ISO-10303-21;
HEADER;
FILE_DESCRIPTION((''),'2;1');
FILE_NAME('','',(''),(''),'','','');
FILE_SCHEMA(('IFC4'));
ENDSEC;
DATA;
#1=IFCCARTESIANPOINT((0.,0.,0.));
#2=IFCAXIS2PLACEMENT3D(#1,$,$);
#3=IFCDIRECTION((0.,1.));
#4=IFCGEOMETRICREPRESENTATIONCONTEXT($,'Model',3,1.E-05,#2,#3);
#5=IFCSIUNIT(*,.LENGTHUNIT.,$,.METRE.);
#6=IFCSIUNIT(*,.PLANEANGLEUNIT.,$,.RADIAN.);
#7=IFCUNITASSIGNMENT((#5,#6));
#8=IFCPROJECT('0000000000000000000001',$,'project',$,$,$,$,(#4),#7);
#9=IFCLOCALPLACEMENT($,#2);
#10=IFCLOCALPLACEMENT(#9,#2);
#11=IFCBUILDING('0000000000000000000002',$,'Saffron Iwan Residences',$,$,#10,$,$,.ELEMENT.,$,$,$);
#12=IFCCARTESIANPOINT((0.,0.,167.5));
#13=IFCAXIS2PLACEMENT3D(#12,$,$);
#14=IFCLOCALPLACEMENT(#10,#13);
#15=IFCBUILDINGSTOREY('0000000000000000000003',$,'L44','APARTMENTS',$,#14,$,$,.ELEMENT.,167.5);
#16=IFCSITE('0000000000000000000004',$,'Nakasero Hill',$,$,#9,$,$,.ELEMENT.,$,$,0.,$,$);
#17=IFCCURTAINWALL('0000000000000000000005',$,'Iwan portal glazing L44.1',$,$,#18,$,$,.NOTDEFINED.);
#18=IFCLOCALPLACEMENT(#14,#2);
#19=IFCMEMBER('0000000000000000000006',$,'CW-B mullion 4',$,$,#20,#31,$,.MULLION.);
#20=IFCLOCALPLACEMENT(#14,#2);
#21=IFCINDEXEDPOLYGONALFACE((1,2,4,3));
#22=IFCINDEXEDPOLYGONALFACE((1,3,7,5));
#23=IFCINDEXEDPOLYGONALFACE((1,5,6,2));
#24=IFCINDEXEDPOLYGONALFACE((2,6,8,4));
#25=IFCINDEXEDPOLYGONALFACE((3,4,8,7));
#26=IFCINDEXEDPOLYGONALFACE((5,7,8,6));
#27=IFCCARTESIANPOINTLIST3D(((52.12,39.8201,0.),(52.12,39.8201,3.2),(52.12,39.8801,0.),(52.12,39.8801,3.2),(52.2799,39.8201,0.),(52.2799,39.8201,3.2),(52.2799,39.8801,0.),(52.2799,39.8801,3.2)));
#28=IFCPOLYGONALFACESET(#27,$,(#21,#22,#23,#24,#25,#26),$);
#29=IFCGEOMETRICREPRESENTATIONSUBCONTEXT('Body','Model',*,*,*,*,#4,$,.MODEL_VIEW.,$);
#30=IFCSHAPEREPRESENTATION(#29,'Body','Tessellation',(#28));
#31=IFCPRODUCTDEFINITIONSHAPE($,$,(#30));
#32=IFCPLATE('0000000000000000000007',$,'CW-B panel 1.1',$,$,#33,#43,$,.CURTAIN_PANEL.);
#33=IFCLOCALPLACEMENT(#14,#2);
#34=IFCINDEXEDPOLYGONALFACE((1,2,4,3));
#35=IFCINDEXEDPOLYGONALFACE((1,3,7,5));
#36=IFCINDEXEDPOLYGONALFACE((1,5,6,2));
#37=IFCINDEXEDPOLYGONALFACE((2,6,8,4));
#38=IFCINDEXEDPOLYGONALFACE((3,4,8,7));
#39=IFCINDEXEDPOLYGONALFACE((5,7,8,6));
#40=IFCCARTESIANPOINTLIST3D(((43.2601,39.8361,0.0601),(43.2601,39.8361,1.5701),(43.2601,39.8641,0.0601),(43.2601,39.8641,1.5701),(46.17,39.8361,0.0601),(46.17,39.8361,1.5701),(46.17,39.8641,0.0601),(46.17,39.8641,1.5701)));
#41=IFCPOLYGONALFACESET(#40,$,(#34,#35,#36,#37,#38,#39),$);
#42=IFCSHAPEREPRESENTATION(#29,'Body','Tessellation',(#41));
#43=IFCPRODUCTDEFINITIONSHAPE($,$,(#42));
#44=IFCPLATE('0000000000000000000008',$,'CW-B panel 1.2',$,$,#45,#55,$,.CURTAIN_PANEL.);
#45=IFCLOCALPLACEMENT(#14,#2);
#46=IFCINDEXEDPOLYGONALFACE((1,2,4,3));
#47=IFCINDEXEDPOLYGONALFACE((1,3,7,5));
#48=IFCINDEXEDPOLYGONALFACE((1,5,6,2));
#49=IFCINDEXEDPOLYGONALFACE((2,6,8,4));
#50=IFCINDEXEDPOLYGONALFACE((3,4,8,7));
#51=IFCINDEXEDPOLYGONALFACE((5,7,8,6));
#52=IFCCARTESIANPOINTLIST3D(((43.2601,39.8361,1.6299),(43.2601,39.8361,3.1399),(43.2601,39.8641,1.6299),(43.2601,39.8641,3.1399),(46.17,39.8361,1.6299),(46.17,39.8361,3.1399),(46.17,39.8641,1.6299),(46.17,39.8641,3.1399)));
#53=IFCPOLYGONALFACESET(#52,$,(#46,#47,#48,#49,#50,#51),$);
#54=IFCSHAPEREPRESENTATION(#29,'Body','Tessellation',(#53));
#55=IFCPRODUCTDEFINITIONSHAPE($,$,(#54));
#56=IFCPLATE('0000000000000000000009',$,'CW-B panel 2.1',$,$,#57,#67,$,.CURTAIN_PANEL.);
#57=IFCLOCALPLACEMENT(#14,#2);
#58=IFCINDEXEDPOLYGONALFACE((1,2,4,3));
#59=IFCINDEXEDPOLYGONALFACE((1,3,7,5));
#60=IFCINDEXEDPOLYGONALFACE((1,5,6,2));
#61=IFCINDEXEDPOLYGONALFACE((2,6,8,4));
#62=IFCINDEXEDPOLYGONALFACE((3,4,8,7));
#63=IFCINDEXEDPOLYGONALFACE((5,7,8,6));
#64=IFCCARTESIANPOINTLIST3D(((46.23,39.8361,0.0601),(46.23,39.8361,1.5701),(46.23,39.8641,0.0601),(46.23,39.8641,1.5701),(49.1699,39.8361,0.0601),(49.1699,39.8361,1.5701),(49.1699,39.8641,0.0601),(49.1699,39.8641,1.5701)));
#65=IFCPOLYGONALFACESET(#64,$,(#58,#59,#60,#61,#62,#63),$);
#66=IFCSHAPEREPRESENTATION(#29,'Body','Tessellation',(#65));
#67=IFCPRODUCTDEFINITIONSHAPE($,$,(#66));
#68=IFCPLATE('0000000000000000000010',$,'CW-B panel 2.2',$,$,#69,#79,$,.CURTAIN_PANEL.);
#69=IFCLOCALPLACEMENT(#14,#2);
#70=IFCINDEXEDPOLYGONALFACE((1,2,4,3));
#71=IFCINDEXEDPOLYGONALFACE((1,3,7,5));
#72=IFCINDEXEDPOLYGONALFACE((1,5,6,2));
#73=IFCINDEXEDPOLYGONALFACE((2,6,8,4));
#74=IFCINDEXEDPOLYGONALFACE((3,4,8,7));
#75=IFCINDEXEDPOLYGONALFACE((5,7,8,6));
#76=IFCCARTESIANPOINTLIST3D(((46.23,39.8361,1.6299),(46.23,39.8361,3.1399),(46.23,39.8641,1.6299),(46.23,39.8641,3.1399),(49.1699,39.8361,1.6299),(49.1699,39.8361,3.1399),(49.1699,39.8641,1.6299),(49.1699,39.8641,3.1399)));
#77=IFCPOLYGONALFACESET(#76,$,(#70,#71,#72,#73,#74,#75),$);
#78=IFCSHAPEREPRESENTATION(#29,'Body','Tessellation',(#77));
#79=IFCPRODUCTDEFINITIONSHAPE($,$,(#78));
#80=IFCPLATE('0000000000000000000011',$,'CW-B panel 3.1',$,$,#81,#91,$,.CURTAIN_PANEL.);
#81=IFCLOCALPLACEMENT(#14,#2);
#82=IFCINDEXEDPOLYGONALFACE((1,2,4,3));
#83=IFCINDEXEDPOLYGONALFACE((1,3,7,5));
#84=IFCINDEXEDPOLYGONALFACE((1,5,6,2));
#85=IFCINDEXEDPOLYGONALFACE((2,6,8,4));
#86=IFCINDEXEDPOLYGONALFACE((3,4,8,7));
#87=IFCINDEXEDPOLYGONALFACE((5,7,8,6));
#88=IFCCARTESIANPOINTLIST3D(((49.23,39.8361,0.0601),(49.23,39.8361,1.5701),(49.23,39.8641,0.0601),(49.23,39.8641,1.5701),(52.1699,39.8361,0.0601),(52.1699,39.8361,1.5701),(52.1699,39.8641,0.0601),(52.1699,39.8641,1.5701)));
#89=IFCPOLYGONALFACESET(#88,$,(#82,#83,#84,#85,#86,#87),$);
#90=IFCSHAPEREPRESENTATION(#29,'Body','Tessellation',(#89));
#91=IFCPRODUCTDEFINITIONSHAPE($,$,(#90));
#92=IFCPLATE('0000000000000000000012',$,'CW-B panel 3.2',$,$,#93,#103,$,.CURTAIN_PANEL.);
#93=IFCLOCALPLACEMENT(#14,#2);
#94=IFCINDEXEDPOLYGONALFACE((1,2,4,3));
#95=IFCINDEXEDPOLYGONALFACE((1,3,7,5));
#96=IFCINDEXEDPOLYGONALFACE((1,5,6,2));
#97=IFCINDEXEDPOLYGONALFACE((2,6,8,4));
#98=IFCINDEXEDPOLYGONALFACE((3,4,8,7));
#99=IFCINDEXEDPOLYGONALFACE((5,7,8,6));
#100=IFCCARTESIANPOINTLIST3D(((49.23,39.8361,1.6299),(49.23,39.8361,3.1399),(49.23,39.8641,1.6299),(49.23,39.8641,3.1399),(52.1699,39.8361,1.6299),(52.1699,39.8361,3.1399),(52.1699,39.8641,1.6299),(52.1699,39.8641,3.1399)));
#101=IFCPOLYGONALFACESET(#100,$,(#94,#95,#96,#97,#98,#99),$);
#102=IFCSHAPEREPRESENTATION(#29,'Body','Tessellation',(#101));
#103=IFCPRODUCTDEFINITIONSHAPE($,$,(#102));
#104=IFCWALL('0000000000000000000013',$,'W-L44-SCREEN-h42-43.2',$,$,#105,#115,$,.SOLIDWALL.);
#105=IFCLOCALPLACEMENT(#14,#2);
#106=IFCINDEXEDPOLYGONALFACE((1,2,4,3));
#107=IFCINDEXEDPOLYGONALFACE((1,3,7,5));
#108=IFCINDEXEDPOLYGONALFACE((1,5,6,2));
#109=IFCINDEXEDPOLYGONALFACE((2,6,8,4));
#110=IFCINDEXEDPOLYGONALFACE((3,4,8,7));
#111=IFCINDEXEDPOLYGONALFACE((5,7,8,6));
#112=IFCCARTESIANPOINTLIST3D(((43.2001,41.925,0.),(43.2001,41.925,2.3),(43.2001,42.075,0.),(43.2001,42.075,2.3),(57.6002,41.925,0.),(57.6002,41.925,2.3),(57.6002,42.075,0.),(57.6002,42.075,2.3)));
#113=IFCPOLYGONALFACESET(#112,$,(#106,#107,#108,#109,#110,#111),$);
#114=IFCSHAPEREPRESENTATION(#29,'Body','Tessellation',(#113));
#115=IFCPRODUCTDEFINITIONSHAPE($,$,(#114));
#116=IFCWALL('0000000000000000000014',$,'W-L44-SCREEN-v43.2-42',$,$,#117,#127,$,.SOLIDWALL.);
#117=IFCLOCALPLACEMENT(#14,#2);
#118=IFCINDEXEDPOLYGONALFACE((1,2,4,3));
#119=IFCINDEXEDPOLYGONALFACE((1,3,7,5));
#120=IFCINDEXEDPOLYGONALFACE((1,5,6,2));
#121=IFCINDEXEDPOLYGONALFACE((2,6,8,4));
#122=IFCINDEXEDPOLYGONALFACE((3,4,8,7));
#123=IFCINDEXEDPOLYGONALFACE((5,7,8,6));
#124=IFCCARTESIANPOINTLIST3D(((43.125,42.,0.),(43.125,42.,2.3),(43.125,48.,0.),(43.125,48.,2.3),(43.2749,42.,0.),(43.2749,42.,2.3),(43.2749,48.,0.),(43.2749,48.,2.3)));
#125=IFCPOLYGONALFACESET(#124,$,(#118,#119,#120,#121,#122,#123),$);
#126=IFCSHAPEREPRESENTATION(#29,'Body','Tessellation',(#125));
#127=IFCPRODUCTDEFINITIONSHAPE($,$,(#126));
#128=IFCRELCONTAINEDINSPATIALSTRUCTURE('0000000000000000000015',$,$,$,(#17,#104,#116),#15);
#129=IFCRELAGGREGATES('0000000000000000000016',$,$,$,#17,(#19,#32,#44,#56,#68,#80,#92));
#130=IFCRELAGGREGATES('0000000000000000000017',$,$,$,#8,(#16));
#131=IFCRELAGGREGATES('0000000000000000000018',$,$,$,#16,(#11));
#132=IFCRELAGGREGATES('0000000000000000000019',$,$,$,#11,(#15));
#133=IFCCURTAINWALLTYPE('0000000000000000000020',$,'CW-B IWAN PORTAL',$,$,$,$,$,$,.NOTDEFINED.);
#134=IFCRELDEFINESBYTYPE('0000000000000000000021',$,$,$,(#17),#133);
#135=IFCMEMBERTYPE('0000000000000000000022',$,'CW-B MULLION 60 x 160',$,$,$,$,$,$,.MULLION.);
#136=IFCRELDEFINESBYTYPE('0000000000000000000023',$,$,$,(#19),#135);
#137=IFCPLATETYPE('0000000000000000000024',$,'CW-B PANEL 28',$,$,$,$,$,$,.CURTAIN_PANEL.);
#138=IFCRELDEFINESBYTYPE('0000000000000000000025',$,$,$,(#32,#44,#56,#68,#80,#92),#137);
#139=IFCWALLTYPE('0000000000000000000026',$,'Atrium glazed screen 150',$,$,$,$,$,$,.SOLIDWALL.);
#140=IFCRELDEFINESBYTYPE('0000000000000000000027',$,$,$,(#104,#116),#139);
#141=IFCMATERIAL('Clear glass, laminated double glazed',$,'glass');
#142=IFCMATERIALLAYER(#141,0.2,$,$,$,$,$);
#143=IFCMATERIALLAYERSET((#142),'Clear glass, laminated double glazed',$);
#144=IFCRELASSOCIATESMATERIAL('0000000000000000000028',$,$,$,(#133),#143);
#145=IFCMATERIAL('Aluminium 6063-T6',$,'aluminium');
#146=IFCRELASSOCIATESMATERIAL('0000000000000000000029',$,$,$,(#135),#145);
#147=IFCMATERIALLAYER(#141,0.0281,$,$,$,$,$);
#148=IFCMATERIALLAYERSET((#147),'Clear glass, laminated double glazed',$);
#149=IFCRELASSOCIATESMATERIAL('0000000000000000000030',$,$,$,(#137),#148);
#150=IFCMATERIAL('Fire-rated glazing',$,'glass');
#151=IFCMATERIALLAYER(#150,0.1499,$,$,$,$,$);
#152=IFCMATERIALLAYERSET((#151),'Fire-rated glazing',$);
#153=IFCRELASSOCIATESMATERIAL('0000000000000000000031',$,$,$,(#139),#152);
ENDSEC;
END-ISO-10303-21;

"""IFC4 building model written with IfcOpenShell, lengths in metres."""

from ifc_helpers import new_model, si_unit, direction, frame, frame_2d, origin, origin_2d, place, context, subcontext, project, spatial, rectangle, extrude, source, transform, mapped, material, layer, layer_set, material_profile, profile_set, type_object, element, aggregate, save


model = new_model("IFC4")

# Units and contexts
model_context = context("Model", 3, precision=1e-05, world=origin(), true_north=direction((0.0, 1.0)))
body_context = subcontext(model_context, "Body", "Model", "MODEL_VIEW")
ifc_project = project(units=[si_unit("LENGTHUNIT", "METRE"), si_unit("PLANEANGLEUNIT", "RADIAN")], contexts=[model_context])

# Site, building, storey
site_placement = place(None, origin())
site = spatial("IfcSite", under=ifc_project, at=site_placement, Name="Nakasero Hill", CompositionType="ELEMENT", RefElevation=0.0)
building_placement = place(site_placement, origin())
building = spatial("IfcBuilding", under=site, at=building_placement, Name="Saffron Iwan Residences", CompositionType="ELEMENT")
storey_placement = place(building_placement, frame((0.0, 0.0, 167.5)))
storey = spatial("IfcBuildingStorey", under=building, at=storey_placement, Name="L44", Description="APARTMENTS", CompositionType="ELEMENT", Elevation=167.5)

# Curtain wall, member, plates
ifc_material_1 = material(Name="Clear glass, laminated double glazed", Category="glass")
ifc_layer_1 = layer(ifc_material_1, 0.2)
ifc_layer_set_1 = layer_set([ifc_layer_1], Name="Clear glass, laminated double glazed")
curtain_wall_type = type_object("IfcCurtainWallType", Name="CW-B IWAN PORTAL", PredefinedType="NOTDEFINED", material=ifc_layer_set_1)
curtain_wall_placement = place(storey_placement, origin())
curtain_wall = element("IfcCurtainWall", 1, at=curtain_wall_placement, inside=storey, type_object=curtain_wall_type, Name="Iwan portal glazing L44.1", PredefinedType="NOTDEFINED")
ifc_material_2 = material(Name="Aluminium 6063-T6", Category="aluminium")
ifc_material_profile_1 = material_profile(ifc_material_2, rectangle(XDim=0.0601, YDim=0.1599, at=origin_2d()), Name="CW-B MULLION 60 x 160")
ifc_profile_set_1 = profile_set([ifc_material_profile_1], Name="Aluminium 6063-T6")
member_type_1 = type_object("IfcMemberType", Name="CW-B MULLION 60 x 160", PredefinedType="MULLION", material=ifc_profile_set_1)
shared_shape_1 = source(origin(), body_context, "Body", "SweptSolid", [
    extrude(rectangle(XDim=0.0601, YDim=0.1599, at=origin_2d()), origin(), (0.0, 0.0, 1.0), 3.2),
])
member_1_placement = place(storey_placement, frame((52.2, 39.8501, 0.0), z_axis=(0.0, 0.0, 1.0), x_axis=(0.0, 1.0, 0.0)))
member_1 = element("IfcMember", 2, at=member_1_placement, type_object=member_type_1, Name="CW-B mullion 4", PredefinedType="MULLION", context=body_context, shape_type="MappedRepresentation", body=[
    mapped(shared_shape_1, transform((0.0, 0.0, 0.0))),
])
ifc_layer_2 = layer(ifc_material_1, 0.0281)
ifc_layer_set_2 = layer_set([ifc_layer_2], Name="Clear glass, laminated double glazed")
plate_type = type_object("IfcPlateType", Name="CW-B PANEL 28", PredefinedType="CURTAIN_PANEL", material=ifc_layer_set_2)
shared_shape_2 = source(origin(), body_context, "Body", "SweptSolid", [
    extrude(rectangle(XDim=2.9099, YDim=0.0281, at=origin_2d()), origin(), (0.0, 0.0, 1.0), 1.51),
])
plate_1_placement = place(storey_placement, frame((44.7151, 39.8501, 0.0601), z_axis=(0.0, 0.0, 1.0), x_axis=(1.0, 0.0, 0.0)))
plate_1 = element("IfcPlate", 3, at=plate_1_placement, type_object=plate_type, Name="CW-B panel 1.1", PredefinedType="CURTAIN_PANEL", context=body_context, shape_type="MappedRepresentation", body=[
    mapped(shared_shape_2, transform((0.0, 0.0, 0.0))),
])
plate_2_placement = place(storey_placement, frame((44.7151, 39.8501, 1.6299), z_axis=(0.0, 0.0, 1.0), x_axis=(1.0, 0.0, 0.0)))
plate_2 = element("IfcPlate", 4, at=plate_2_placement, type_object=plate_type, Name="CW-B panel 1.2", PredefinedType="CURTAIN_PANEL", context=body_context, shape_type="MappedRepresentation", body=[
    mapped(shared_shape_2, transform((0.0, 0.0, 0.0))),
])
shared_shape_3 = source(origin(), body_context, "Body", "SweptSolid", [
    extrude(rectangle(XDim=2.9399, YDim=0.0281, at=origin_2d()), origin(), (0.0, 0.0, 1.0), 1.51),
])
plate_3_placement = place(storey_placement, frame((47.7, 39.8501, 0.0601), z_axis=(0.0, 0.0, 1.0), x_axis=(1.0, 0.0, 0.0)))
plate_3 = element("IfcPlate", 5, at=plate_3_placement, type_object=plate_type, Name="CW-B panel 2.1", PredefinedType="CURTAIN_PANEL", context=body_context, shape_type="MappedRepresentation", body=[
    mapped(shared_shape_3, transform((0.0, 0.0, 0.0))),
])
plate_4_placement = place(storey_placement, frame((47.7, 39.8501, 1.6299), z_axis=(0.0, 0.0, 1.0), x_axis=(1.0, 0.0, 0.0)))
plate_4 = element("IfcPlate", 6, at=plate_4_placement, type_object=plate_type, Name="CW-B panel 2.2", PredefinedType="CURTAIN_PANEL", context=body_context, shape_type="MappedRepresentation", body=[
    mapped(shared_shape_3, transform((0.0, 0.0, 0.0))),
])
plate_5_placement = place(storey_placement, frame((50.7, 39.8501, 0.0601), z_axis=(0.0, 0.0, 1.0), x_axis=(1.0, 0.0, 0.0)))
plate_5 = element("IfcPlate", 7, at=plate_5_placement, type_object=plate_type, Name="CW-B panel 3.1", PredefinedType="CURTAIN_PANEL", context=body_context, shape_type="MappedRepresentation", body=[
    mapped(shared_shape_3, transform((0.0, 0.0, 0.0))),
])
plate_6_placement = place(storey_placement, frame((50.7, 39.8501, 1.6299), z_axis=(0.0, 0.0, 1.0), x_axis=(1.0, 0.0, 0.0)))
plate_6 = element("IfcPlate", 8, at=plate_6_placement, type_object=plate_type, Name="CW-B panel 3.2", PredefinedType="CURTAIN_PANEL", context=body_context, shape_type="MappedRepresentation", body=[
    mapped(shared_shape_3, transform((0.0, 0.0, 0.0))),
])
aggregate(curtain_wall, [member_1, plate_1, plate_2, plate_3, plate_4, plate_5, plate_6])

# Walls
ifc_material_3 = material(Name="Fire-rated glazing", Category="glass")
ifc_layer_3 = layer(ifc_material_3, 0.1499)
ifc_layer_set_3 = layer_set([ifc_layer_3], Name="Fire-rated glazing")
wall_type = type_object("IfcWallType", Name="Atrium glazed screen 150", PredefinedType="SOLIDWALL", material=ifc_layer_set_3)
wall_1_placement = place(storey_placement, frame((43.2, 42.0, 0.0), z_axis=(0.0, 0.0, 1.0), x_axis=(1.0, 0.0, 0.0)))
element("IfcWall", 9, at=wall_1_placement, inside=storey, type_object=wall_type, Name="W-L44-SCREEN-h42-43.2", PredefinedType="SOLIDWALL", context=body_context, shape_type="SweptSolid", body=[
    extrude(rectangle(XDim=14.4001, YDim=0.1499, at=frame_2d((7.2002, 0.0))), origin(), (0.0, 0.0, 1.0), 2.3),
])
wall_2_placement = place(storey_placement, frame((43.2, 42.0, 0.0), z_axis=(0.0, 0.0, 1.0), x_axis=(0.0, 1.0, 0.0)))
element("IfcWall", 10, at=wall_2_placement, inside=storey, type_object=wall_type, Name="W-L44-SCREEN-v43.2-42", PredefinedType="SOLIDWALL", context=body_context, shape_type="SweptSolid", body=[
    extrude(rectangle(XDim=6.0, YDim=0.1499, at=frame_2d((3.0, 0.0))), origin(), (0.0, 0.0, 1.0), 2.3),
])

save(model, "model.ifc")
